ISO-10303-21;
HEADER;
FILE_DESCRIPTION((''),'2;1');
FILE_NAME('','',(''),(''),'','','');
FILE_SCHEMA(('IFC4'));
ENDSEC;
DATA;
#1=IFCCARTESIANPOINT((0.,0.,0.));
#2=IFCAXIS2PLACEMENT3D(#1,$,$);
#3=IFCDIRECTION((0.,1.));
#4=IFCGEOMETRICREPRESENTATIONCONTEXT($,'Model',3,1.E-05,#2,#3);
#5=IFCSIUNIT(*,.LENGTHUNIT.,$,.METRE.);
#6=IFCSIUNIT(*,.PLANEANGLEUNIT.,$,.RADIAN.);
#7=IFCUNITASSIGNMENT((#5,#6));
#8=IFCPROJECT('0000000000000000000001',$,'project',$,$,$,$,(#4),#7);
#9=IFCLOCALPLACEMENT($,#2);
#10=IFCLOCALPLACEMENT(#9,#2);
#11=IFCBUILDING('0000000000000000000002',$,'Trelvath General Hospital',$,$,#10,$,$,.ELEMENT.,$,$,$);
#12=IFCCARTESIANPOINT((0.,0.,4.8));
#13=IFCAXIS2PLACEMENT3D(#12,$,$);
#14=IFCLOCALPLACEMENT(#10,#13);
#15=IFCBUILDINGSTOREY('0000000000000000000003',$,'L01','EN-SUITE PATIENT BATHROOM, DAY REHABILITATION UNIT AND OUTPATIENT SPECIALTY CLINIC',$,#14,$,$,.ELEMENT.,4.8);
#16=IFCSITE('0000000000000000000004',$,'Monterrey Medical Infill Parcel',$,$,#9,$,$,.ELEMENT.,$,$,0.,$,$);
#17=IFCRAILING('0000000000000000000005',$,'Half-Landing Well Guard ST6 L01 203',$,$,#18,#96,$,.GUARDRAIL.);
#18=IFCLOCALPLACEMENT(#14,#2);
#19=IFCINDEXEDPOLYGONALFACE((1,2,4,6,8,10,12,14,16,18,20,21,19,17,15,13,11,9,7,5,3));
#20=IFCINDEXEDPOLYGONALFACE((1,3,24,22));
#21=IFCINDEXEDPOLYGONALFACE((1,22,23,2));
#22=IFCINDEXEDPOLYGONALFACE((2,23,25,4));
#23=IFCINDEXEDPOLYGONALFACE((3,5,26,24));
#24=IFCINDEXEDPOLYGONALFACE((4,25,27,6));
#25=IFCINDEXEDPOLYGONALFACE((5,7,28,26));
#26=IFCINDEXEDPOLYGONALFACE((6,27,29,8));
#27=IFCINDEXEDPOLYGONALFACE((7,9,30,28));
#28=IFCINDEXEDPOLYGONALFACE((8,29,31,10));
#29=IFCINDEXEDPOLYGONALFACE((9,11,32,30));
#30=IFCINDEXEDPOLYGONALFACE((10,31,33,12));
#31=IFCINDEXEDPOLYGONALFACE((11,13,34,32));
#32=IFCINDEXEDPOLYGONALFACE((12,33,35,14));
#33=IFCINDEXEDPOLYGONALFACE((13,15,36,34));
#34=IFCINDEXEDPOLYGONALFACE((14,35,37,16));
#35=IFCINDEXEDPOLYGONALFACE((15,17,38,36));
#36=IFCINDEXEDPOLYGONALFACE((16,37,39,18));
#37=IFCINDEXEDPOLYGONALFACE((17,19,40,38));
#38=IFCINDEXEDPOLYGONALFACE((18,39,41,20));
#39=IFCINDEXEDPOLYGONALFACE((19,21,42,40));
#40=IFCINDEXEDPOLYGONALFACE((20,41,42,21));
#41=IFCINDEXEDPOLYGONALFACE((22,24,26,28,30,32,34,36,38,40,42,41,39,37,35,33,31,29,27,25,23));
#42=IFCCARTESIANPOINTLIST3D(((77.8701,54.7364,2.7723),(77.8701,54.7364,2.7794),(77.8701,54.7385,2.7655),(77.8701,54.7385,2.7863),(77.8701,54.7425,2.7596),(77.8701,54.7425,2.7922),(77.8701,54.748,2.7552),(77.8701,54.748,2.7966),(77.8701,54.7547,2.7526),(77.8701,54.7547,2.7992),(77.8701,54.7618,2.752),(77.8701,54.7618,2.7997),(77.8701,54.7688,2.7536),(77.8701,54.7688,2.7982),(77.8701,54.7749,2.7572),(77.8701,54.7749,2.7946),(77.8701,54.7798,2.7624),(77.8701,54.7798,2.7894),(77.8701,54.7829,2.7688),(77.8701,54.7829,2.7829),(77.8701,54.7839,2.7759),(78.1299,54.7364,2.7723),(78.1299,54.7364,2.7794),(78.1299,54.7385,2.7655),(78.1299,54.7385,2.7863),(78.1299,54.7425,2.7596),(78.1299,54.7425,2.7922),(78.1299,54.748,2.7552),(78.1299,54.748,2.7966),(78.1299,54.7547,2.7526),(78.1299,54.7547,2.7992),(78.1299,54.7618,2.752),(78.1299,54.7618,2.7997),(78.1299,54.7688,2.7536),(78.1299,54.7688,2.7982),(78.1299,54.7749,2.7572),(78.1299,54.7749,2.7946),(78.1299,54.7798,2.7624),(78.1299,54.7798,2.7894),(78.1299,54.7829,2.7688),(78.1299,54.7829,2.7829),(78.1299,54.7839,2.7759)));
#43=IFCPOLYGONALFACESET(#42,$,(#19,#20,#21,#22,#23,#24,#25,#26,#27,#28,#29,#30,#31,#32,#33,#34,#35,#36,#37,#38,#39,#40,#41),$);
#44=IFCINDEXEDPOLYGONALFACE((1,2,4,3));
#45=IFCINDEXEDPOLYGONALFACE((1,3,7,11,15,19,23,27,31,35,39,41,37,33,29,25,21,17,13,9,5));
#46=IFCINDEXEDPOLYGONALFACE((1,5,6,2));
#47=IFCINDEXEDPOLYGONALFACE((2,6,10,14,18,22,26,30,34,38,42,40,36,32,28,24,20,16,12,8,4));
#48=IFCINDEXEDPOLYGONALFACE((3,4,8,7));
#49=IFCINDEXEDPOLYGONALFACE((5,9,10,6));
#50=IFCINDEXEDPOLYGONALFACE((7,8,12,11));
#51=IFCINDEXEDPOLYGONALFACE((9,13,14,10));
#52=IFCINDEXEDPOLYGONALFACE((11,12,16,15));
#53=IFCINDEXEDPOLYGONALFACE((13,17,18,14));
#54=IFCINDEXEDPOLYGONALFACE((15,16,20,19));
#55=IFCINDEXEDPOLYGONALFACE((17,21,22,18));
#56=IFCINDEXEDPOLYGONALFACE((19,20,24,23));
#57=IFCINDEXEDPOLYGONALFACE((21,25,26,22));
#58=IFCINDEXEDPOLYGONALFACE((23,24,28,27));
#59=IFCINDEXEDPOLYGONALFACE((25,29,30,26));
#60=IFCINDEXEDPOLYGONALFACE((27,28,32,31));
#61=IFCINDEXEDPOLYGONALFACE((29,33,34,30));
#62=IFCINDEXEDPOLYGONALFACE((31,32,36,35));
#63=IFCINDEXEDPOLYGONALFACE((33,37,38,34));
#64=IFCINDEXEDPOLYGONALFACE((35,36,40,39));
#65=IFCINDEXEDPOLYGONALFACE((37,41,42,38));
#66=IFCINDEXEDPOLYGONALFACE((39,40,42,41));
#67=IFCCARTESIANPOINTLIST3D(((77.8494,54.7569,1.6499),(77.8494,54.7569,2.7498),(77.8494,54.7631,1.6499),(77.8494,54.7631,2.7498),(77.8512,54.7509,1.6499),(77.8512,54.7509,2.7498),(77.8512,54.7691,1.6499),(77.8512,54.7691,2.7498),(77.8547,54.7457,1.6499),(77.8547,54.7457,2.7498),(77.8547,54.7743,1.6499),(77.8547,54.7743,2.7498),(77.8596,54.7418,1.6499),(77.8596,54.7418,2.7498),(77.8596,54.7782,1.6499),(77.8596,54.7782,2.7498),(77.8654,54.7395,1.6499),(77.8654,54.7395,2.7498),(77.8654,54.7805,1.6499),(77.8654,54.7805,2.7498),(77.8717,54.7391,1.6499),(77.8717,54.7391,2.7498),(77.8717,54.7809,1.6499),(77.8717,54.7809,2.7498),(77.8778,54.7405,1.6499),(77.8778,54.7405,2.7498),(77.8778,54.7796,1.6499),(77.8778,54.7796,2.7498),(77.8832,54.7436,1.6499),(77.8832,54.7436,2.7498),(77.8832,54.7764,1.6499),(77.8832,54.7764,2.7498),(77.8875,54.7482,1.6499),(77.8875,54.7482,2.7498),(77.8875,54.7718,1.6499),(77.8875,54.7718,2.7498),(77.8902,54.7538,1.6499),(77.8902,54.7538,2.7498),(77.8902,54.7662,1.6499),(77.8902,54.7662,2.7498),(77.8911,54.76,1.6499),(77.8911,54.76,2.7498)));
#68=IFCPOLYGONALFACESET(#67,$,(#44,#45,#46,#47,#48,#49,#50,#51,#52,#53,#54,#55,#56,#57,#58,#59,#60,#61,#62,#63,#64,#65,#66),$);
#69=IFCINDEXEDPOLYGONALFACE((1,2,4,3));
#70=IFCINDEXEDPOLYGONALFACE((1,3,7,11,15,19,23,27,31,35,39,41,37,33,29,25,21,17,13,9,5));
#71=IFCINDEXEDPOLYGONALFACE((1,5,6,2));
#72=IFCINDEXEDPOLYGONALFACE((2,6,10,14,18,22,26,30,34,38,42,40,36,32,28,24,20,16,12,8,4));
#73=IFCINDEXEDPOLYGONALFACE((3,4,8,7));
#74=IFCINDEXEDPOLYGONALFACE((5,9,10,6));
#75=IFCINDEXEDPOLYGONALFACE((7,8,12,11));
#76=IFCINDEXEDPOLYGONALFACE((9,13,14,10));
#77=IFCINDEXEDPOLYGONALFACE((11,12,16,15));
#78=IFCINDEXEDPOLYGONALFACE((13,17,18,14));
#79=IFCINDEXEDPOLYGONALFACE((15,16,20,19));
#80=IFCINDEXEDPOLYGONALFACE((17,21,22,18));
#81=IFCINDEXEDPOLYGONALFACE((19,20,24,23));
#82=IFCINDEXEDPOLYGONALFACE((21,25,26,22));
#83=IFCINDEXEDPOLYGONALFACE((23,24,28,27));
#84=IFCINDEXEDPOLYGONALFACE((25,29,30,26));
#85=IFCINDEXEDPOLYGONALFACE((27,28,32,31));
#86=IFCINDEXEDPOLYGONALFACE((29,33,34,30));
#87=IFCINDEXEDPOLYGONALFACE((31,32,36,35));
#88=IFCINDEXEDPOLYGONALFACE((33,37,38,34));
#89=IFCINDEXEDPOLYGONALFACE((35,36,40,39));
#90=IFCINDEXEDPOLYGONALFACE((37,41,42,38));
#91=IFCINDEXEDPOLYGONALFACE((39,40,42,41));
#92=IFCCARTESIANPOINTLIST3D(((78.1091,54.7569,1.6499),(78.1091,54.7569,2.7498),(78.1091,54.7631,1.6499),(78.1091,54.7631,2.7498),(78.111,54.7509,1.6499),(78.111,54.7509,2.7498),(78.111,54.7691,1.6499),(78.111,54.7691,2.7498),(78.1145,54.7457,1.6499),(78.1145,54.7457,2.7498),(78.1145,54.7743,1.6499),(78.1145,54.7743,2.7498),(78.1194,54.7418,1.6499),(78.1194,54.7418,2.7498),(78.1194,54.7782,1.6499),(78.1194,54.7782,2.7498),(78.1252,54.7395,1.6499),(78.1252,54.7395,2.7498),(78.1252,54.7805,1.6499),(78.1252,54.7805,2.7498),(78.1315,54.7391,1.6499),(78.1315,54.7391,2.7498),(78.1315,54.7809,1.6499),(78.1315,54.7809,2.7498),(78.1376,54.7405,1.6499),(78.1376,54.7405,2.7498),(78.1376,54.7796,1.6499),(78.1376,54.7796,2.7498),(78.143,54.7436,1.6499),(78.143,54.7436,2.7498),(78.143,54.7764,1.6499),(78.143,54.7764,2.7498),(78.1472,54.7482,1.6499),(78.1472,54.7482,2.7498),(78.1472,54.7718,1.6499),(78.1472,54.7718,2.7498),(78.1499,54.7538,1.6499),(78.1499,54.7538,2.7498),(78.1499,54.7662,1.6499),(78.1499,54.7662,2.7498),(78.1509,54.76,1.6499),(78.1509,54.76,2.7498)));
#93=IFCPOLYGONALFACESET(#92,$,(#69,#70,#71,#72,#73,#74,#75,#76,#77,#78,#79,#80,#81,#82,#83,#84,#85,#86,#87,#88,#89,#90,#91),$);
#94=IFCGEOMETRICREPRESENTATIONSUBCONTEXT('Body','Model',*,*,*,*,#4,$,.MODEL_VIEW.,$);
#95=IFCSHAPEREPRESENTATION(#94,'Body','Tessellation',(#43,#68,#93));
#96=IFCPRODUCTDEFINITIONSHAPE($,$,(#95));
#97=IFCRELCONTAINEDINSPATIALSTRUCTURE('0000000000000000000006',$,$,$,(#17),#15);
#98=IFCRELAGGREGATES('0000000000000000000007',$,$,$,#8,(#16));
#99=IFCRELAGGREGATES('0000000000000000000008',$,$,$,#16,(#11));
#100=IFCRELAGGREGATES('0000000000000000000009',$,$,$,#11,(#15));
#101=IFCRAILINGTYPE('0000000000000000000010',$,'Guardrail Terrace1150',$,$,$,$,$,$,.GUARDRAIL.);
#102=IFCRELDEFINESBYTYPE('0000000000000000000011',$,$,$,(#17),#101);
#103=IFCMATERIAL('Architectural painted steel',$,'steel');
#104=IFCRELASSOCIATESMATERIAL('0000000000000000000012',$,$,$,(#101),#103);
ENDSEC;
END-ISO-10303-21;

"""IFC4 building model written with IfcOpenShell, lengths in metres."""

from ifc_helpers import new_model, si_unit, direction, frame, origin, origin_2d, place, context, subcontext, project, spatial, circle, extrude, material, type_object, element, save


model = new_model("IFC4")

# Units and contexts
model_context = context("Model", 3, precision=1e-05, world=origin(), true_north=direction((0.0, 1.0)))
body_context = subcontext(model_context, "Body", "Model", "MODEL_VIEW")
ifc_project = project(units=[si_unit("LENGTHUNIT", "METRE"), si_unit("PLANEANGLEUNIT", "RADIAN")], contexts=[model_context])

# Site, building, storey
site_placement = place(None, origin())
site = spatial("IfcSite", under=ifc_project, at=site_placement, Name="Monterrey Medical Infill Parcel", CompositionType="ELEMENT", RefElevation=0.0)
building_placement = place(site_placement, origin())
building = spatial("IfcBuilding", under=site, at=building_placement, Name="Trelvath General Hospital", CompositionType="ELEMENT")
storey_placement = place(building_placement, frame((0.0, 0.0, 4.8)))
storey = spatial("IfcBuildingStorey", under=building, at=storey_placement, Name="L01", Description="EN-SUITE PATIENT BATHROOM, DAY REHABILITATION UNIT AND OUTPATIENT SPECIALTY CLINIC", CompositionType="ELEMENT", Elevation=4.8)

# Railing
ifc_material_1 = material(Name="Architectural painted steel", Category="steel")
railing_type_1 = type_object("IfcRailingType", Name="Guardrail Terrace1150", PredefinedType="GUARDRAIL", material=ifc_material_1)
railing_1_placement = place(storey_placement, frame((77.8701, 54.76, 1.6499)))
element("IfcRailing", 1, at=railing_1_placement, inside=storey, type_object=railing_type_1, Name="Half-Landing Well Guard ST6 L01 203", PredefinedType="GUARDRAIL", context=body_context, shape_type="SweptSolid", body=[
    extrude(circle(Radius=0.0239, at=origin_2d()), frame((0.0, 0.0, 1.126), z_axis=(1.0, 0.0, 0.0), x_axis=(0.0, 1.0, 0.0)), (0.0, 0.0, 1.0), 0.2598),
    extrude(circle(Radius=0.021, at=origin_2d()), origin(), (0.0, 0.0, 1.0), 1.0999),
    extrude(circle(Radius=0.021, at=origin_2d()), frame((0.2598, 0.0, 0.0)), (0.0, 0.0, 1.0), 1.0999),
])

save(model, "model.ifc")
